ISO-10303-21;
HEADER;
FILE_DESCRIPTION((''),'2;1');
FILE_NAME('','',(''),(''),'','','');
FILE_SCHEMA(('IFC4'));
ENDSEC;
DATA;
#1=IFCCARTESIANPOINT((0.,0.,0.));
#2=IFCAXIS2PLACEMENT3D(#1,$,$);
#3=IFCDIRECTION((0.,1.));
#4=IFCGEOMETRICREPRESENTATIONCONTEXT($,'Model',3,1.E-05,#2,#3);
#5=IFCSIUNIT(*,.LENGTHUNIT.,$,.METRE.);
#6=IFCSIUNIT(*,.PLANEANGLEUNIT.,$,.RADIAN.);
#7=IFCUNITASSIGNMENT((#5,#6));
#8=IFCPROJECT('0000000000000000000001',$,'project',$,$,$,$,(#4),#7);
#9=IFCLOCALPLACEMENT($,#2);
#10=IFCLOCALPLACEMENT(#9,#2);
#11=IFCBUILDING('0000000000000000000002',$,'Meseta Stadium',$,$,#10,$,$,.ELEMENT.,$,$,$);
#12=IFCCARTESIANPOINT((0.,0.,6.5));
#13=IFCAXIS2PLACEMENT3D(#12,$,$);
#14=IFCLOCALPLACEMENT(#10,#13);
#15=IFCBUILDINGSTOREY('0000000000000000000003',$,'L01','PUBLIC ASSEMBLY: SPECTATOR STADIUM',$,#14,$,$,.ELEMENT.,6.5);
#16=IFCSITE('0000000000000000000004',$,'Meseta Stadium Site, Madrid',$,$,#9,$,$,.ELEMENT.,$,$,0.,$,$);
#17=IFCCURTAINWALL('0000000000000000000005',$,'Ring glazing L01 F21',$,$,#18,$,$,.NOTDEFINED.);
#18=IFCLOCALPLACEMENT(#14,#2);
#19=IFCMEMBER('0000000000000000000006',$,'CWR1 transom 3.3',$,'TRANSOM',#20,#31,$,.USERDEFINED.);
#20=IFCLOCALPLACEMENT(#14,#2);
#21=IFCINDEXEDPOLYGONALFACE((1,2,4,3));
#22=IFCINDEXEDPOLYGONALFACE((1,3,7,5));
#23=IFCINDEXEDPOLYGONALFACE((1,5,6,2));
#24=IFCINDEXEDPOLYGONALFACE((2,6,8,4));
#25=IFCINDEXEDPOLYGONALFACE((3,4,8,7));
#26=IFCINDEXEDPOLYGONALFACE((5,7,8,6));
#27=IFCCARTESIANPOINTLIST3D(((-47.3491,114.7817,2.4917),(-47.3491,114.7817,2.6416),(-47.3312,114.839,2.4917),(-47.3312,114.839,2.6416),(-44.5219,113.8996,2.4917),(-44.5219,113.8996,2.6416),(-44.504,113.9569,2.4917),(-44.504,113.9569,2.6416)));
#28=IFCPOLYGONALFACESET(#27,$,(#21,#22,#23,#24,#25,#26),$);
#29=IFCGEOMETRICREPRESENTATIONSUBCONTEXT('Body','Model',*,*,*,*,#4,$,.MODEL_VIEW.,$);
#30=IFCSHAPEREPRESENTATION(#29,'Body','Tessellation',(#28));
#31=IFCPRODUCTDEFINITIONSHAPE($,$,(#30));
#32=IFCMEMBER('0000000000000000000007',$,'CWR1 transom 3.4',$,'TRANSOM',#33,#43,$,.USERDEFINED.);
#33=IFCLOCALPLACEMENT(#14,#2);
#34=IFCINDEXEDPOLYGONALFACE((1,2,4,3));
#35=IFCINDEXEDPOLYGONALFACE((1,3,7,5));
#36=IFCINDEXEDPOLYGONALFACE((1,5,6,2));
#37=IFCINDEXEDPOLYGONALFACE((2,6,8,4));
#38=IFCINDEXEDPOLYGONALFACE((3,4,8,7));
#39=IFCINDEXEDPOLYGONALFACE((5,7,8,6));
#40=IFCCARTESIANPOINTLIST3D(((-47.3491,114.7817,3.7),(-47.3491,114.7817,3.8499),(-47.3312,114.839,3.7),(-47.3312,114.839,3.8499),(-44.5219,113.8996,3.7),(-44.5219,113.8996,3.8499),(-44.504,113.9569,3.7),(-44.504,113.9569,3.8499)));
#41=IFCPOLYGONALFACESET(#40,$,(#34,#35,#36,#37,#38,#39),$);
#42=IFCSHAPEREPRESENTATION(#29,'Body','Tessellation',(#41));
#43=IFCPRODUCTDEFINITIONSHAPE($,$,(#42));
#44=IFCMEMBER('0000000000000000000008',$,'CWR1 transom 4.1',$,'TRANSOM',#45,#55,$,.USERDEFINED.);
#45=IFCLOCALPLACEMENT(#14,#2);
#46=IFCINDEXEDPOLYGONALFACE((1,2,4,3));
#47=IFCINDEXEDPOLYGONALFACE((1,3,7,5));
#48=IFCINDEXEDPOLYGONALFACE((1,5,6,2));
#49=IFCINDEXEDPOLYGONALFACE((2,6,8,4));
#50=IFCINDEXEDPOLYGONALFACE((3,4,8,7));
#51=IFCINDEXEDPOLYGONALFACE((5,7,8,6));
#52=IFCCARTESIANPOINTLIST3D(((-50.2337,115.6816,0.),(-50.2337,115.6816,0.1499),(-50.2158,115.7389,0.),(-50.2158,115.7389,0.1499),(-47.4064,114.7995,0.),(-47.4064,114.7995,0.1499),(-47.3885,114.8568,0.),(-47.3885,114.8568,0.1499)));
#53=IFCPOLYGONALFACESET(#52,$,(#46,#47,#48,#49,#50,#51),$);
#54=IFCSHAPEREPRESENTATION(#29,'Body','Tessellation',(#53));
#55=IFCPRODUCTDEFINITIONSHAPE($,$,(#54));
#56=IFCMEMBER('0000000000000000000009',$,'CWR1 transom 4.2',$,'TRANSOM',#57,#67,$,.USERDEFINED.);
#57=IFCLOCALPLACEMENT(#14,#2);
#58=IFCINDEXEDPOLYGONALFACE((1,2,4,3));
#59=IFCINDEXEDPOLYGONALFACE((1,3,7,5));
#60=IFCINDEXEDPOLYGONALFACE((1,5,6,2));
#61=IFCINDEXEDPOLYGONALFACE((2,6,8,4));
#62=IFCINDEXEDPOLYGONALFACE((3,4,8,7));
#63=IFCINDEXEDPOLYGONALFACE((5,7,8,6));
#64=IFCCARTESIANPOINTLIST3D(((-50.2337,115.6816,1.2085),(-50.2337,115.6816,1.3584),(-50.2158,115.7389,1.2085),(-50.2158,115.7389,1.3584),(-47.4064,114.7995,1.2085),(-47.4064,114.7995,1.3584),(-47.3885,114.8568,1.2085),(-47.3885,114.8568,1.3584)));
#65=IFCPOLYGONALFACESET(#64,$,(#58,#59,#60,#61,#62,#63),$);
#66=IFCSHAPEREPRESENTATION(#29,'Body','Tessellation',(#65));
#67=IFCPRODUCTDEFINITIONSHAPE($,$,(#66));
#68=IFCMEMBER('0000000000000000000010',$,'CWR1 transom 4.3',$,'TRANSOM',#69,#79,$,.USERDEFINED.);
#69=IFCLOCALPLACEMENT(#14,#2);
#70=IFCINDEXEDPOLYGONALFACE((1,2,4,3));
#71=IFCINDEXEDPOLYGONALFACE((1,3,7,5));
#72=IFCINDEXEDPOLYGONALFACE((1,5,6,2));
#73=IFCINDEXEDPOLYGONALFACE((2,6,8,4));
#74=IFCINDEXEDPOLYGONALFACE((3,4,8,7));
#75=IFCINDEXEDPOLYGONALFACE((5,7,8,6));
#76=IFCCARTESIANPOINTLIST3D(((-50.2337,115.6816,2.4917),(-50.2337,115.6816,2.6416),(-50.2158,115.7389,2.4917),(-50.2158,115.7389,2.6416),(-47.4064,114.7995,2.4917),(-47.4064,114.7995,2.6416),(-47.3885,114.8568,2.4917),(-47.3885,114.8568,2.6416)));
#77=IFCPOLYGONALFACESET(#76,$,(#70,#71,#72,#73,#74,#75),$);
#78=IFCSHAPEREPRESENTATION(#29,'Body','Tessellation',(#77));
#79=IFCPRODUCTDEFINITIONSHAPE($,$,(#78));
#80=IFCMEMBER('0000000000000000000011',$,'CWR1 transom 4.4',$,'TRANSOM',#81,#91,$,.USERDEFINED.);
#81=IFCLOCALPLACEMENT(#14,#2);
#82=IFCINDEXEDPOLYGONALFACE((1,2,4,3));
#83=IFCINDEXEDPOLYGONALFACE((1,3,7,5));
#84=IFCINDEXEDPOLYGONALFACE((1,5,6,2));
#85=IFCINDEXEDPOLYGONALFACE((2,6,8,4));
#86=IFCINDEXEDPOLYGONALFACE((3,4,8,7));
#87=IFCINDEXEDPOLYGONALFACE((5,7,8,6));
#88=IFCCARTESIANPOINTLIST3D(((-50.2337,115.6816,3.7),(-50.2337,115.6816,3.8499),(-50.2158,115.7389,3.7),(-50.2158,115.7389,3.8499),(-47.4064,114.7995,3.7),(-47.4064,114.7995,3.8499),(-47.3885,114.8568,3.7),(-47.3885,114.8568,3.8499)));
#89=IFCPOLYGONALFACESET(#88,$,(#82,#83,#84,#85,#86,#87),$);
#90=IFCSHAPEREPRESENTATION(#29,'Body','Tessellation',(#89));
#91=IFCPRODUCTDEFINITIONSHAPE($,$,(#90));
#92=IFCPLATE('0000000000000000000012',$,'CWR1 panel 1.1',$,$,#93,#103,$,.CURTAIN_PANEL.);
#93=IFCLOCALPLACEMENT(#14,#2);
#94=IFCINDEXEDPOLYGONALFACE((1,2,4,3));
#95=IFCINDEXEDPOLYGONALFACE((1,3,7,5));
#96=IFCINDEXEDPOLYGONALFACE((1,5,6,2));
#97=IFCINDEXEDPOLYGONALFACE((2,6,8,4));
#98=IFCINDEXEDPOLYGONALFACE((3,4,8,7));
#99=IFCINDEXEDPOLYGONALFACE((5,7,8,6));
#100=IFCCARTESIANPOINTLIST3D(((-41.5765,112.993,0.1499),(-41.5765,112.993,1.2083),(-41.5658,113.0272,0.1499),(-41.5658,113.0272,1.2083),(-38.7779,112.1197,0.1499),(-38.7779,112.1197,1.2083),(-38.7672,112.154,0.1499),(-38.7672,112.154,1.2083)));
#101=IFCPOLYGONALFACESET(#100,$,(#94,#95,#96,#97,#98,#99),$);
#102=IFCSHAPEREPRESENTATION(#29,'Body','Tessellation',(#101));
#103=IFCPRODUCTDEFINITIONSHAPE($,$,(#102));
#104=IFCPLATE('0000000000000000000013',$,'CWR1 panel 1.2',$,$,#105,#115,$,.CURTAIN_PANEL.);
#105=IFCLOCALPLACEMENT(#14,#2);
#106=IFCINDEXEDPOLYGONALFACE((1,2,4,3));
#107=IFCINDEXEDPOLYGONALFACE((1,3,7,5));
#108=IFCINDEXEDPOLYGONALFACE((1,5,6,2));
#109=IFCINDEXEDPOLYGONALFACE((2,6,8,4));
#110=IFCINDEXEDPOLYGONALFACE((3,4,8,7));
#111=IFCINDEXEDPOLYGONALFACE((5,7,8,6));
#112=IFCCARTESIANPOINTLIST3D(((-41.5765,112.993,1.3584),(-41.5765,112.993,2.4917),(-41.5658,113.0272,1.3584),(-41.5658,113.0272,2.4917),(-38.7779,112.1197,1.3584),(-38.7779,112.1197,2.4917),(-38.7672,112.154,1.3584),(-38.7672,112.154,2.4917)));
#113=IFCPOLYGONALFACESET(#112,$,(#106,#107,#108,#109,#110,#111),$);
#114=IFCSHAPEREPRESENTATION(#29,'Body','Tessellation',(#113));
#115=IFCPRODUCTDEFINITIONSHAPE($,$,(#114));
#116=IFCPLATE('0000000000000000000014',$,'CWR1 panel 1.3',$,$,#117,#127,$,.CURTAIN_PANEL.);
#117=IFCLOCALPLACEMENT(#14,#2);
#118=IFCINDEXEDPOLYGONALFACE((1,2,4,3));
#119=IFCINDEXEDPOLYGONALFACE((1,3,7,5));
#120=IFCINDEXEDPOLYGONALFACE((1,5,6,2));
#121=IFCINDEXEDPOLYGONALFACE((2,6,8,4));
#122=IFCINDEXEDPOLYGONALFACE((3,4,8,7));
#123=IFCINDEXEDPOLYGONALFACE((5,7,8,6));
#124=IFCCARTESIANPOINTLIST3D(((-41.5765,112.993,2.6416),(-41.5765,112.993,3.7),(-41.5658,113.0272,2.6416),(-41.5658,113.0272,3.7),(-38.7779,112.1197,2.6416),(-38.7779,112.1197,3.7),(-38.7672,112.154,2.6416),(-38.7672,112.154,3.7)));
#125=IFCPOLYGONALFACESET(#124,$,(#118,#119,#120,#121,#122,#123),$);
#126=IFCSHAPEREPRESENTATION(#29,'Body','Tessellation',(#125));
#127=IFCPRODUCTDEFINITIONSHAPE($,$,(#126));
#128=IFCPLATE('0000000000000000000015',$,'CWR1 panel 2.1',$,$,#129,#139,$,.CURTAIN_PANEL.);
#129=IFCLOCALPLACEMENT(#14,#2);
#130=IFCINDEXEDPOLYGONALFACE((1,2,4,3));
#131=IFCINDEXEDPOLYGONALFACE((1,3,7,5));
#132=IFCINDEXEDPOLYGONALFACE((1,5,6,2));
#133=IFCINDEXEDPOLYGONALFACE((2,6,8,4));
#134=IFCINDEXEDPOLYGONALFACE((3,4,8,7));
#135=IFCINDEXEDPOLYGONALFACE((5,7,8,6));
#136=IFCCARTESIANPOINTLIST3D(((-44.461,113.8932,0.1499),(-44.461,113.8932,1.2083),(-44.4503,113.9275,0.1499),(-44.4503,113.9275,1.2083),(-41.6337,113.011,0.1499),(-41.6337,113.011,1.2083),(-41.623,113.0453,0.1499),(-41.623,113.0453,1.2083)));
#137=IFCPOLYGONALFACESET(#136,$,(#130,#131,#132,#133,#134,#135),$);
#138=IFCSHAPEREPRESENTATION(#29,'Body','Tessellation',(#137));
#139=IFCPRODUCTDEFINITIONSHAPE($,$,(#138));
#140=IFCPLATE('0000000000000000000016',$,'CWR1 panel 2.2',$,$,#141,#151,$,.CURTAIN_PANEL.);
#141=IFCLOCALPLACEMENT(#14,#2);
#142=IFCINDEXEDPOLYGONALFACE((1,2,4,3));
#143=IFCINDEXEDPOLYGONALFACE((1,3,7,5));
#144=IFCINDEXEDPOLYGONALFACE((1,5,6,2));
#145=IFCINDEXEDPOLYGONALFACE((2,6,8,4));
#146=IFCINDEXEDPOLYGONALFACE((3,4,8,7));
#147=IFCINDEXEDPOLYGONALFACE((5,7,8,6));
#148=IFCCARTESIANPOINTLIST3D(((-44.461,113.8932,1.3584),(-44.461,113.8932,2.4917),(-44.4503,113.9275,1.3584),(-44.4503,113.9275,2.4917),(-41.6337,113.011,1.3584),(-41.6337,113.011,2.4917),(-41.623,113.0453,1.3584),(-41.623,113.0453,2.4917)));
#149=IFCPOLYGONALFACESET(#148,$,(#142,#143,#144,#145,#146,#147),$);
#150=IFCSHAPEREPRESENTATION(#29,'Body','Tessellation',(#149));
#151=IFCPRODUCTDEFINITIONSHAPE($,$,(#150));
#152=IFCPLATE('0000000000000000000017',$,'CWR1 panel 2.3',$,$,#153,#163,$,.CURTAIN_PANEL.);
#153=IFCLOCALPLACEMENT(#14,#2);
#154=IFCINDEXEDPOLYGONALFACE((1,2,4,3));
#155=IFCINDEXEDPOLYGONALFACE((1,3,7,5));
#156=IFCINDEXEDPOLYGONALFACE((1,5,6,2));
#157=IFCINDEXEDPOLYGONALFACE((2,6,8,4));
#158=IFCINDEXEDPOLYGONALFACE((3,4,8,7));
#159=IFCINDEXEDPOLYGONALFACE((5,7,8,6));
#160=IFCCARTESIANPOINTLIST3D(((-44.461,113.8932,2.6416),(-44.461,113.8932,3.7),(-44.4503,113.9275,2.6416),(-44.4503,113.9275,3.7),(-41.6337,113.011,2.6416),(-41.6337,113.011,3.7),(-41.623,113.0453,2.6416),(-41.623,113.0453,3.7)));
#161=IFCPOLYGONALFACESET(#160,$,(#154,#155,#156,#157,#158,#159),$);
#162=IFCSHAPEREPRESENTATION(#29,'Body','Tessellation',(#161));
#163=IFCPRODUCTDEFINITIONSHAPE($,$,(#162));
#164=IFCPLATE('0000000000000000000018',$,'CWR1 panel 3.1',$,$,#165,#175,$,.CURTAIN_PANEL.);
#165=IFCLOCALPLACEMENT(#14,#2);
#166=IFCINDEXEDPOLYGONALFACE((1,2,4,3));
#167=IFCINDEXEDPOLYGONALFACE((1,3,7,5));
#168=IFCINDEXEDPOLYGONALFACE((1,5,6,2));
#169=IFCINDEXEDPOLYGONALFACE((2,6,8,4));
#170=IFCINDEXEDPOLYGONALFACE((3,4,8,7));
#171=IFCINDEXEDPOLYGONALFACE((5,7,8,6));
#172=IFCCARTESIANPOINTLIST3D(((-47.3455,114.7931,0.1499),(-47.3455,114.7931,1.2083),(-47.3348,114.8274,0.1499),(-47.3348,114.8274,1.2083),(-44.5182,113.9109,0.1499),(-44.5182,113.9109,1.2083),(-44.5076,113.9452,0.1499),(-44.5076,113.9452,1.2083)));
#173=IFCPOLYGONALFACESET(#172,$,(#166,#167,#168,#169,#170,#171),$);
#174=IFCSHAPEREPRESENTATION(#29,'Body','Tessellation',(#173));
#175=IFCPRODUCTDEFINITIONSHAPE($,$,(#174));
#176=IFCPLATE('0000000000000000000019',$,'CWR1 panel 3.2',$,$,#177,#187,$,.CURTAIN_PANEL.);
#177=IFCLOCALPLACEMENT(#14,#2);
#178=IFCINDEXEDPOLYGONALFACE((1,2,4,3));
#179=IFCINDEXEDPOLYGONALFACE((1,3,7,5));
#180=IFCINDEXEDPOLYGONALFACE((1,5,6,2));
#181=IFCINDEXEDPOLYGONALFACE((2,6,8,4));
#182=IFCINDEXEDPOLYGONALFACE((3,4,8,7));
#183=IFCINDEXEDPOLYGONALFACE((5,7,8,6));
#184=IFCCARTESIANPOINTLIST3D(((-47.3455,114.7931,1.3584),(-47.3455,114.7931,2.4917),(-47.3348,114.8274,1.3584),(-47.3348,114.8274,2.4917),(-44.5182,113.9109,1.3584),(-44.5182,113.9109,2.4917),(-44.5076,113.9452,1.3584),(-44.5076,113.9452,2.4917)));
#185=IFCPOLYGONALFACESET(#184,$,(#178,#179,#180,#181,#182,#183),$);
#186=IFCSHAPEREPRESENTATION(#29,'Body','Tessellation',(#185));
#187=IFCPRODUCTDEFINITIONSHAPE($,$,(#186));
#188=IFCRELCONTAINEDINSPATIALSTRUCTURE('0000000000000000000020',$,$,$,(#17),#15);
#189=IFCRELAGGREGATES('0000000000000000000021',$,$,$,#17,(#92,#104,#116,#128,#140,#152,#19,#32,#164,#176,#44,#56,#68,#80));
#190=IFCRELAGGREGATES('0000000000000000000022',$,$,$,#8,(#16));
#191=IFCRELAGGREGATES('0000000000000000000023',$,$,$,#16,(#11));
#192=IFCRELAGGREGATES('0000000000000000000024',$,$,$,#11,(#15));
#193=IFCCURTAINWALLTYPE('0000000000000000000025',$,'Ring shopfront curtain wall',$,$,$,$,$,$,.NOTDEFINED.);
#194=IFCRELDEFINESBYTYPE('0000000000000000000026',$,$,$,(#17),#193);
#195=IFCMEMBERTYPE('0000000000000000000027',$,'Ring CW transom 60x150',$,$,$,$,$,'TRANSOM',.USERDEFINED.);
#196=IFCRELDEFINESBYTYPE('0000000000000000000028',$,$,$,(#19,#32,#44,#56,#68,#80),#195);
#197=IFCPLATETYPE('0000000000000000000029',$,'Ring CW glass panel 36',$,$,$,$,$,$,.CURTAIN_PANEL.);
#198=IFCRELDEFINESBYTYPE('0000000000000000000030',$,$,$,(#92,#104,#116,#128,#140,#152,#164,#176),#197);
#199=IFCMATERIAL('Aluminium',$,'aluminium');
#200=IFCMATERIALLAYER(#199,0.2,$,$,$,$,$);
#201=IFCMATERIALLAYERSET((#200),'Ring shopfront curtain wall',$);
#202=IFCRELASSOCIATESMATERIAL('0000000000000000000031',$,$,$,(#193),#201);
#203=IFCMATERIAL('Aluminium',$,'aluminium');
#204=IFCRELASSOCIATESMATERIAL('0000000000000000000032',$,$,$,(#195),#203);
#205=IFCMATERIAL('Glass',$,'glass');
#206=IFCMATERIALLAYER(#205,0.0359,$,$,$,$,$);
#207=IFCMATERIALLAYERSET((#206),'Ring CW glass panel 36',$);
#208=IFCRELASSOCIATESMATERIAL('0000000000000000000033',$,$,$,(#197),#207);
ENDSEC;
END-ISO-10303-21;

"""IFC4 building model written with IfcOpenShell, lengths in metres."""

from ifc_helpers import new_model, si_unit, direction, frame, origin, origin_2d, place, context, subcontext, project, spatial, rectangle, extrude, material, layer, layer_set, material_profile, profile_set, type_object, element, aggregate, save


model = new_model("IFC4")

# Units and contexts
model_context = context("Model", 3, precision=1e-05, world=origin(), true_north=direction((0.0, 1.0)))
body_context = subcontext(model_context, "Body", "Model", "MODEL_VIEW")
ifc_project = project(units=[si_unit("LENGTHUNIT", "METRE"), si_unit("PLANEANGLEUNIT", "RADIAN")], contexts=[model_context])

# Site, building, storey
site_placement = place(None, origin())
site = spatial("IfcSite", under=ifc_project, at=site_placement, Name="Meseta Stadium Site, Madrid", CompositionType="ELEMENT", RefElevation=0.0)
building_placement = place(site_placement, origin())
building = spatial("IfcBuilding", under=site, at=building_placement, Name="Meseta Stadium", CompositionType="ELEMENT")
storey_placement = place(building_placement, frame((0.0, 0.0, 6.5)))
storey = spatial("IfcBuildingStorey", under=building, at=storey_placement, Name="L01", Description="PUBLIC ASSEMBLY: SPECTATOR STADIUM", CompositionType="ELEMENT", Elevation=6.5)

# Curtain wall, members, plates
ifc_material_1 = material(Name="Aluminium", Category="aluminium")
ifc_layer_1 = layer(ifc_material_1, 0.2)
ifc_layer_set_1 = layer_set([ifc_layer_1], Name="Ring shopfront curtain wall")
curtain_wall_type = type_object("IfcCurtainWallType", Name="Ring shopfront curtain wall", PredefinedType="NOTDEFINED", material=ifc_layer_set_1)
curtain_wall_placement = place(storey_placement, origin())
curtain_wall = element("IfcCurtainWall", 1, at=curtain_wall_placement, inside=storey, type_object=curtain_wall_type, Name="Ring glazing L01 F21", PredefinedType="NOTDEFINED")
ifc_material_2 = material(Name="Aluminium", Category="aluminium")
ifc_material_profile_1 = material_profile(ifc_material_2, rectangle(XDim=0.0601, YDim=0.1499, at=origin_2d()), Name="CW 60x150")
ifc_profile_set_1 = profile_set([ifc_material_profile_1], Name="Aluminium")
member_type_1 = type_object("IfcMemberType", Name="Ring CW transom 60x150", ElementType="TRANSOM", PredefinedType="USERDEFINED", material=ifc_profile_set_1)
member_1_placement = place(storey_placement, frame((-44.5129, 113.9282, 2.5667), z_axis=(-0.954615, 0.297843, 0.0), x_axis=(-0.297843, -0.954615, 0.0)))
member_1 = element("IfcMember", 2, at=member_1_placement, type_object=member_type_1, Name="CWR1 transom 3.3", ObjectType="TRANSOM", PredefinedType="USERDEFINED", context=body_context, shape_type="SweptSolid", body=[
    extrude(rectangle(XDim=0.0601, YDim=0.1499, at=origin_2d()), origin(), (0.0, 0.0, 1.0), 2.9617),
])
member_2_placement = place(storey_placement, frame((-44.5129, 113.9282, 3.7749), z_axis=(-0.954615, 0.297843, 0.0), x_axis=(-0.297843, -0.954615, 0.0)))
member_2 = element("IfcMember", 3, at=member_2_placement, type_object=member_type_1, Name="CWR1 transom 3.4", ObjectType="TRANSOM", PredefinedType="USERDEFINED", context=body_context, shape_type="SweptSolid", body=[
    extrude(rectangle(XDim=0.0601, YDim=0.1499, at=origin_2d()), origin(), (0.0, 0.0, 1.0), 2.9617),
])
member_3_placement = place(storey_placement, frame((-47.3975, 114.8281, 0.075), z_axis=(-0.954615, 0.297843, 0.0), x_axis=(-0.297843, -0.954615, 0.0)))
member_3 = element("IfcMember", 4, at=member_3_placement, type_object=member_type_1, Name="CWR1 transom 4.1", ObjectType="TRANSOM", PredefinedType="USERDEFINED", context=body_context, shape_type="SweptSolid", body=[
    extrude(rectangle(XDim=0.0601, YDim=0.1499, at=origin_2d()), origin(), (0.0, 0.0, 1.0), 2.9617),
])
member_4_placement = place(storey_placement, frame((-47.3975, 114.8281, 1.2834), z_axis=(-0.954615, 0.297843, 0.0), x_axis=(-0.297843, -0.954615, 0.0)))
member_4 = element("IfcMember", 5, at=member_4_placement, type_object=member_type_1, Name="CWR1 transom 4.2", ObjectType="TRANSOM", PredefinedType="USERDEFINED", context=body_context, shape_type="SweptSolid", body=[
    extrude(rectangle(XDim=0.0601, YDim=0.1499, at=origin_2d()), origin(), (0.0, 0.0, 1.0), 2.9617),
])
member_5_placement = place(storey_placement, frame((-47.3975, 114.8281, 2.5667), z_axis=(-0.954615, 0.297843, 0.0), x_axis=(-0.297843, -0.954615, 0.0)))
member_5 = element("IfcMember", 6, at=member_5_placement, type_object=member_type_1, Name="CWR1 transom 4.3", ObjectType="TRANSOM", PredefinedType="USERDEFINED", context=body_context, shape_type="SweptSolid", body=[
    extrude(rectangle(XDim=0.0601, YDim=0.1499, at=origin_2d()), origin(), (0.0, 0.0, 1.0), 2.9617),
])
member_6_placement = place(storey_placement, frame((-47.3975, 114.8281, 3.7749), z_axis=(-0.954615, 0.297843, 0.0), x_axis=(-0.297843, -0.954615, 0.0)))
member_6 = element("IfcMember", 7, at=member_6_placement, type_object=member_type_1, Name="CWR1 transom 4.4", ObjectType="TRANSOM", PredefinedType="USERDEFINED", context=body_context, shape_type="SweptSolid", body=[
    extrude(rectangle(XDim=0.0601, YDim=0.1499, at=origin_2d()), origin(), (0.0, 0.0, 1.0), 2.9617),
])
ifc_material_3 = material(Name="Glass", Category="glass")
ifc_layer_2 = layer(ifc_material_3, 0.0359)
ifc_layer_set_2 = layer_set([ifc_layer_2], Name="Ring CW glass panel 36")
plate_type = type_object("IfcPlateType", Name="Ring CW glass panel 36", PredefinedType="CURTAIN_PANEL", material=ifc_layer_set_2)
plate_1_placement = place(storey_placement, frame((-40.1719, 112.5735, 0.1499), z_axis=(0.0, 0.0, 1.0), x_axis=(-0.954609, 0.297861, 0.0)))
plate_1 = element("IfcPlate", 8, at=plate_1_placement, type_object=plate_type, Name="CWR1 panel 1.1", PredefinedType="CURTAIN_PANEL", context=body_context, shape_type="SweptSolid", body=[
    extrude(rectangle(XDim=2.9316, YDim=0.0359, at=origin_2d()), origin(), (0.0, 0.0, 1.0), 1.0583),
])
plate_2_placement = place(storey_placement, frame((-40.1719, 112.5735, 1.3584), z_axis=(0.0, 0.0, 1.0), x_axis=(-0.954609, 0.297861, 0.0)))
plate_2 = element("IfcPlate", 9, at=plate_2_placement, type_object=plate_type, Name="CWR1 panel 1.2", PredefinedType="CURTAIN_PANEL", context=body_context, shape_type="SweptSolid", body=[
    extrude(rectangle(XDim=2.9316, YDim=0.0359, at=origin_2d()), origin(), (0.0, 0.0, 1.0), 1.1333),
])
plate_3_placement = place(storey_placement, frame((-40.1719, 112.5735, 2.6416), z_axis=(0.0, 0.0, 1.0), x_axis=(-0.954609, 0.297861, 0.0)))
plate_3 = element("IfcPlate", 10, at=plate_3_placement, type_object=plate_type, Name="CWR1 panel 1.3", PredefinedType="CURTAIN_PANEL", context=body_context, shape_type="SweptSolid", body=[
    extrude(rectangle(XDim=2.9316, YDim=0.0359, at=origin_2d()), origin(), (0.0, 0.0, 1.0), 1.0583),
])
plate_4_placement = place(storey_placement, frame((-43.042, 113.4692, 0.1499), z_axis=(0.0, 0.0, 1.0), x_axis=(-0.954609, 0.297861, 0.0)))
plate_4 = element("IfcPlate", 11, at=plate_4_placement, type_object=plate_type, Name="CWR1 panel 2.1", PredefinedType="CURTAIN_PANEL", context=body_context, shape_type="SweptSolid", body=[
    extrude(rectangle(XDim=2.9617, YDim=0.0359, at=origin_2d()), origin(), (0.0, 0.0, 1.0), 1.0583),
])
plate_5_placement = place(storey_placement, frame((-43.042, 113.4692, 1.3584), z_axis=(0.0, 0.0, 1.0), x_axis=(-0.954609, 0.297861, 0.0)))
plate_5 = element("IfcPlate", 12, at=plate_5_placement, type_object=plate_type, Name="CWR1 panel 2.2", PredefinedType="CURTAIN_PANEL", context=body_context, shape_type="SweptSolid", body=[
    extrude(rectangle(XDim=2.9617, YDim=0.0359, at=origin_2d()), origin(), (0.0, 0.0, 1.0), 1.1333),
])
plate_6_placement = place(storey_placement, frame((-43.042, 113.4692, 2.6416), z_axis=(0.0, 0.0, 1.0), x_axis=(-0.954609, 0.297861, 0.0)))
plate_6 = element("IfcPlate", 13, at=plate_6_placement, type_object=plate_type, Name="CWR1 panel 2.3", PredefinedType="CURTAIN_PANEL", context=body_context, shape_type="SweptSolid", body=[
    extrude(rectangle(XDim=2.9617, YDim=0.0359, at=origin_2d()), origin(), (0.0, 0.0, 1.0), 1.0583),
])
plate_7_placement = place(storey_placement, frame((-45.9265, 114.3691, 0.1499), z_axis=(0.0, 0.0, 1.0), x_axis=(-0.954609, 0.297861, 0.0)))
plate_7 = element("IfcPlate", 14, at=plate_7_placement, type_object=plate_type, Name="CWR1 panel 3.1", PredefinedType="CURTAIN_PANEL", context=body_context, shape_type="SweptSolid", body=[
    extrude(rectangle(XDim=2.9617, YDim=0.0359, at=origin_2d()), origin(), (0.0, 0.0, 1.0), 1.0583),
])
plate_8_placement = place(storey_placement, frame((-45.9265, 114.3691, 1.3584), z_axis=(0.0, 0.0, 1.0), x_axis=(-0.954609, 0.297861, 0.0)))
plate_8 = element("IfcPlate", 15, at=plate_8_placement, type_object=plate_type, Name="CWR1 panel 3.2", PredefinedType="CURTAIN_PANEL", context=body_context, shape_type="SweptSolid", body=[
    extrude(rectangle(XDim=2.9617, YDim=0.0359, at=origin_2d()), origin(), (0.0, 0.0, 1.0), 1.1333),
])
aggregate(curtain_wall, [plate_1, plate_2, plate_3, plate_4, plate_5, plate_6, member_1, member_2, plate_7, plate_8, member_3, member_4, member_5, member_6])

save(model, "model.ifc")
